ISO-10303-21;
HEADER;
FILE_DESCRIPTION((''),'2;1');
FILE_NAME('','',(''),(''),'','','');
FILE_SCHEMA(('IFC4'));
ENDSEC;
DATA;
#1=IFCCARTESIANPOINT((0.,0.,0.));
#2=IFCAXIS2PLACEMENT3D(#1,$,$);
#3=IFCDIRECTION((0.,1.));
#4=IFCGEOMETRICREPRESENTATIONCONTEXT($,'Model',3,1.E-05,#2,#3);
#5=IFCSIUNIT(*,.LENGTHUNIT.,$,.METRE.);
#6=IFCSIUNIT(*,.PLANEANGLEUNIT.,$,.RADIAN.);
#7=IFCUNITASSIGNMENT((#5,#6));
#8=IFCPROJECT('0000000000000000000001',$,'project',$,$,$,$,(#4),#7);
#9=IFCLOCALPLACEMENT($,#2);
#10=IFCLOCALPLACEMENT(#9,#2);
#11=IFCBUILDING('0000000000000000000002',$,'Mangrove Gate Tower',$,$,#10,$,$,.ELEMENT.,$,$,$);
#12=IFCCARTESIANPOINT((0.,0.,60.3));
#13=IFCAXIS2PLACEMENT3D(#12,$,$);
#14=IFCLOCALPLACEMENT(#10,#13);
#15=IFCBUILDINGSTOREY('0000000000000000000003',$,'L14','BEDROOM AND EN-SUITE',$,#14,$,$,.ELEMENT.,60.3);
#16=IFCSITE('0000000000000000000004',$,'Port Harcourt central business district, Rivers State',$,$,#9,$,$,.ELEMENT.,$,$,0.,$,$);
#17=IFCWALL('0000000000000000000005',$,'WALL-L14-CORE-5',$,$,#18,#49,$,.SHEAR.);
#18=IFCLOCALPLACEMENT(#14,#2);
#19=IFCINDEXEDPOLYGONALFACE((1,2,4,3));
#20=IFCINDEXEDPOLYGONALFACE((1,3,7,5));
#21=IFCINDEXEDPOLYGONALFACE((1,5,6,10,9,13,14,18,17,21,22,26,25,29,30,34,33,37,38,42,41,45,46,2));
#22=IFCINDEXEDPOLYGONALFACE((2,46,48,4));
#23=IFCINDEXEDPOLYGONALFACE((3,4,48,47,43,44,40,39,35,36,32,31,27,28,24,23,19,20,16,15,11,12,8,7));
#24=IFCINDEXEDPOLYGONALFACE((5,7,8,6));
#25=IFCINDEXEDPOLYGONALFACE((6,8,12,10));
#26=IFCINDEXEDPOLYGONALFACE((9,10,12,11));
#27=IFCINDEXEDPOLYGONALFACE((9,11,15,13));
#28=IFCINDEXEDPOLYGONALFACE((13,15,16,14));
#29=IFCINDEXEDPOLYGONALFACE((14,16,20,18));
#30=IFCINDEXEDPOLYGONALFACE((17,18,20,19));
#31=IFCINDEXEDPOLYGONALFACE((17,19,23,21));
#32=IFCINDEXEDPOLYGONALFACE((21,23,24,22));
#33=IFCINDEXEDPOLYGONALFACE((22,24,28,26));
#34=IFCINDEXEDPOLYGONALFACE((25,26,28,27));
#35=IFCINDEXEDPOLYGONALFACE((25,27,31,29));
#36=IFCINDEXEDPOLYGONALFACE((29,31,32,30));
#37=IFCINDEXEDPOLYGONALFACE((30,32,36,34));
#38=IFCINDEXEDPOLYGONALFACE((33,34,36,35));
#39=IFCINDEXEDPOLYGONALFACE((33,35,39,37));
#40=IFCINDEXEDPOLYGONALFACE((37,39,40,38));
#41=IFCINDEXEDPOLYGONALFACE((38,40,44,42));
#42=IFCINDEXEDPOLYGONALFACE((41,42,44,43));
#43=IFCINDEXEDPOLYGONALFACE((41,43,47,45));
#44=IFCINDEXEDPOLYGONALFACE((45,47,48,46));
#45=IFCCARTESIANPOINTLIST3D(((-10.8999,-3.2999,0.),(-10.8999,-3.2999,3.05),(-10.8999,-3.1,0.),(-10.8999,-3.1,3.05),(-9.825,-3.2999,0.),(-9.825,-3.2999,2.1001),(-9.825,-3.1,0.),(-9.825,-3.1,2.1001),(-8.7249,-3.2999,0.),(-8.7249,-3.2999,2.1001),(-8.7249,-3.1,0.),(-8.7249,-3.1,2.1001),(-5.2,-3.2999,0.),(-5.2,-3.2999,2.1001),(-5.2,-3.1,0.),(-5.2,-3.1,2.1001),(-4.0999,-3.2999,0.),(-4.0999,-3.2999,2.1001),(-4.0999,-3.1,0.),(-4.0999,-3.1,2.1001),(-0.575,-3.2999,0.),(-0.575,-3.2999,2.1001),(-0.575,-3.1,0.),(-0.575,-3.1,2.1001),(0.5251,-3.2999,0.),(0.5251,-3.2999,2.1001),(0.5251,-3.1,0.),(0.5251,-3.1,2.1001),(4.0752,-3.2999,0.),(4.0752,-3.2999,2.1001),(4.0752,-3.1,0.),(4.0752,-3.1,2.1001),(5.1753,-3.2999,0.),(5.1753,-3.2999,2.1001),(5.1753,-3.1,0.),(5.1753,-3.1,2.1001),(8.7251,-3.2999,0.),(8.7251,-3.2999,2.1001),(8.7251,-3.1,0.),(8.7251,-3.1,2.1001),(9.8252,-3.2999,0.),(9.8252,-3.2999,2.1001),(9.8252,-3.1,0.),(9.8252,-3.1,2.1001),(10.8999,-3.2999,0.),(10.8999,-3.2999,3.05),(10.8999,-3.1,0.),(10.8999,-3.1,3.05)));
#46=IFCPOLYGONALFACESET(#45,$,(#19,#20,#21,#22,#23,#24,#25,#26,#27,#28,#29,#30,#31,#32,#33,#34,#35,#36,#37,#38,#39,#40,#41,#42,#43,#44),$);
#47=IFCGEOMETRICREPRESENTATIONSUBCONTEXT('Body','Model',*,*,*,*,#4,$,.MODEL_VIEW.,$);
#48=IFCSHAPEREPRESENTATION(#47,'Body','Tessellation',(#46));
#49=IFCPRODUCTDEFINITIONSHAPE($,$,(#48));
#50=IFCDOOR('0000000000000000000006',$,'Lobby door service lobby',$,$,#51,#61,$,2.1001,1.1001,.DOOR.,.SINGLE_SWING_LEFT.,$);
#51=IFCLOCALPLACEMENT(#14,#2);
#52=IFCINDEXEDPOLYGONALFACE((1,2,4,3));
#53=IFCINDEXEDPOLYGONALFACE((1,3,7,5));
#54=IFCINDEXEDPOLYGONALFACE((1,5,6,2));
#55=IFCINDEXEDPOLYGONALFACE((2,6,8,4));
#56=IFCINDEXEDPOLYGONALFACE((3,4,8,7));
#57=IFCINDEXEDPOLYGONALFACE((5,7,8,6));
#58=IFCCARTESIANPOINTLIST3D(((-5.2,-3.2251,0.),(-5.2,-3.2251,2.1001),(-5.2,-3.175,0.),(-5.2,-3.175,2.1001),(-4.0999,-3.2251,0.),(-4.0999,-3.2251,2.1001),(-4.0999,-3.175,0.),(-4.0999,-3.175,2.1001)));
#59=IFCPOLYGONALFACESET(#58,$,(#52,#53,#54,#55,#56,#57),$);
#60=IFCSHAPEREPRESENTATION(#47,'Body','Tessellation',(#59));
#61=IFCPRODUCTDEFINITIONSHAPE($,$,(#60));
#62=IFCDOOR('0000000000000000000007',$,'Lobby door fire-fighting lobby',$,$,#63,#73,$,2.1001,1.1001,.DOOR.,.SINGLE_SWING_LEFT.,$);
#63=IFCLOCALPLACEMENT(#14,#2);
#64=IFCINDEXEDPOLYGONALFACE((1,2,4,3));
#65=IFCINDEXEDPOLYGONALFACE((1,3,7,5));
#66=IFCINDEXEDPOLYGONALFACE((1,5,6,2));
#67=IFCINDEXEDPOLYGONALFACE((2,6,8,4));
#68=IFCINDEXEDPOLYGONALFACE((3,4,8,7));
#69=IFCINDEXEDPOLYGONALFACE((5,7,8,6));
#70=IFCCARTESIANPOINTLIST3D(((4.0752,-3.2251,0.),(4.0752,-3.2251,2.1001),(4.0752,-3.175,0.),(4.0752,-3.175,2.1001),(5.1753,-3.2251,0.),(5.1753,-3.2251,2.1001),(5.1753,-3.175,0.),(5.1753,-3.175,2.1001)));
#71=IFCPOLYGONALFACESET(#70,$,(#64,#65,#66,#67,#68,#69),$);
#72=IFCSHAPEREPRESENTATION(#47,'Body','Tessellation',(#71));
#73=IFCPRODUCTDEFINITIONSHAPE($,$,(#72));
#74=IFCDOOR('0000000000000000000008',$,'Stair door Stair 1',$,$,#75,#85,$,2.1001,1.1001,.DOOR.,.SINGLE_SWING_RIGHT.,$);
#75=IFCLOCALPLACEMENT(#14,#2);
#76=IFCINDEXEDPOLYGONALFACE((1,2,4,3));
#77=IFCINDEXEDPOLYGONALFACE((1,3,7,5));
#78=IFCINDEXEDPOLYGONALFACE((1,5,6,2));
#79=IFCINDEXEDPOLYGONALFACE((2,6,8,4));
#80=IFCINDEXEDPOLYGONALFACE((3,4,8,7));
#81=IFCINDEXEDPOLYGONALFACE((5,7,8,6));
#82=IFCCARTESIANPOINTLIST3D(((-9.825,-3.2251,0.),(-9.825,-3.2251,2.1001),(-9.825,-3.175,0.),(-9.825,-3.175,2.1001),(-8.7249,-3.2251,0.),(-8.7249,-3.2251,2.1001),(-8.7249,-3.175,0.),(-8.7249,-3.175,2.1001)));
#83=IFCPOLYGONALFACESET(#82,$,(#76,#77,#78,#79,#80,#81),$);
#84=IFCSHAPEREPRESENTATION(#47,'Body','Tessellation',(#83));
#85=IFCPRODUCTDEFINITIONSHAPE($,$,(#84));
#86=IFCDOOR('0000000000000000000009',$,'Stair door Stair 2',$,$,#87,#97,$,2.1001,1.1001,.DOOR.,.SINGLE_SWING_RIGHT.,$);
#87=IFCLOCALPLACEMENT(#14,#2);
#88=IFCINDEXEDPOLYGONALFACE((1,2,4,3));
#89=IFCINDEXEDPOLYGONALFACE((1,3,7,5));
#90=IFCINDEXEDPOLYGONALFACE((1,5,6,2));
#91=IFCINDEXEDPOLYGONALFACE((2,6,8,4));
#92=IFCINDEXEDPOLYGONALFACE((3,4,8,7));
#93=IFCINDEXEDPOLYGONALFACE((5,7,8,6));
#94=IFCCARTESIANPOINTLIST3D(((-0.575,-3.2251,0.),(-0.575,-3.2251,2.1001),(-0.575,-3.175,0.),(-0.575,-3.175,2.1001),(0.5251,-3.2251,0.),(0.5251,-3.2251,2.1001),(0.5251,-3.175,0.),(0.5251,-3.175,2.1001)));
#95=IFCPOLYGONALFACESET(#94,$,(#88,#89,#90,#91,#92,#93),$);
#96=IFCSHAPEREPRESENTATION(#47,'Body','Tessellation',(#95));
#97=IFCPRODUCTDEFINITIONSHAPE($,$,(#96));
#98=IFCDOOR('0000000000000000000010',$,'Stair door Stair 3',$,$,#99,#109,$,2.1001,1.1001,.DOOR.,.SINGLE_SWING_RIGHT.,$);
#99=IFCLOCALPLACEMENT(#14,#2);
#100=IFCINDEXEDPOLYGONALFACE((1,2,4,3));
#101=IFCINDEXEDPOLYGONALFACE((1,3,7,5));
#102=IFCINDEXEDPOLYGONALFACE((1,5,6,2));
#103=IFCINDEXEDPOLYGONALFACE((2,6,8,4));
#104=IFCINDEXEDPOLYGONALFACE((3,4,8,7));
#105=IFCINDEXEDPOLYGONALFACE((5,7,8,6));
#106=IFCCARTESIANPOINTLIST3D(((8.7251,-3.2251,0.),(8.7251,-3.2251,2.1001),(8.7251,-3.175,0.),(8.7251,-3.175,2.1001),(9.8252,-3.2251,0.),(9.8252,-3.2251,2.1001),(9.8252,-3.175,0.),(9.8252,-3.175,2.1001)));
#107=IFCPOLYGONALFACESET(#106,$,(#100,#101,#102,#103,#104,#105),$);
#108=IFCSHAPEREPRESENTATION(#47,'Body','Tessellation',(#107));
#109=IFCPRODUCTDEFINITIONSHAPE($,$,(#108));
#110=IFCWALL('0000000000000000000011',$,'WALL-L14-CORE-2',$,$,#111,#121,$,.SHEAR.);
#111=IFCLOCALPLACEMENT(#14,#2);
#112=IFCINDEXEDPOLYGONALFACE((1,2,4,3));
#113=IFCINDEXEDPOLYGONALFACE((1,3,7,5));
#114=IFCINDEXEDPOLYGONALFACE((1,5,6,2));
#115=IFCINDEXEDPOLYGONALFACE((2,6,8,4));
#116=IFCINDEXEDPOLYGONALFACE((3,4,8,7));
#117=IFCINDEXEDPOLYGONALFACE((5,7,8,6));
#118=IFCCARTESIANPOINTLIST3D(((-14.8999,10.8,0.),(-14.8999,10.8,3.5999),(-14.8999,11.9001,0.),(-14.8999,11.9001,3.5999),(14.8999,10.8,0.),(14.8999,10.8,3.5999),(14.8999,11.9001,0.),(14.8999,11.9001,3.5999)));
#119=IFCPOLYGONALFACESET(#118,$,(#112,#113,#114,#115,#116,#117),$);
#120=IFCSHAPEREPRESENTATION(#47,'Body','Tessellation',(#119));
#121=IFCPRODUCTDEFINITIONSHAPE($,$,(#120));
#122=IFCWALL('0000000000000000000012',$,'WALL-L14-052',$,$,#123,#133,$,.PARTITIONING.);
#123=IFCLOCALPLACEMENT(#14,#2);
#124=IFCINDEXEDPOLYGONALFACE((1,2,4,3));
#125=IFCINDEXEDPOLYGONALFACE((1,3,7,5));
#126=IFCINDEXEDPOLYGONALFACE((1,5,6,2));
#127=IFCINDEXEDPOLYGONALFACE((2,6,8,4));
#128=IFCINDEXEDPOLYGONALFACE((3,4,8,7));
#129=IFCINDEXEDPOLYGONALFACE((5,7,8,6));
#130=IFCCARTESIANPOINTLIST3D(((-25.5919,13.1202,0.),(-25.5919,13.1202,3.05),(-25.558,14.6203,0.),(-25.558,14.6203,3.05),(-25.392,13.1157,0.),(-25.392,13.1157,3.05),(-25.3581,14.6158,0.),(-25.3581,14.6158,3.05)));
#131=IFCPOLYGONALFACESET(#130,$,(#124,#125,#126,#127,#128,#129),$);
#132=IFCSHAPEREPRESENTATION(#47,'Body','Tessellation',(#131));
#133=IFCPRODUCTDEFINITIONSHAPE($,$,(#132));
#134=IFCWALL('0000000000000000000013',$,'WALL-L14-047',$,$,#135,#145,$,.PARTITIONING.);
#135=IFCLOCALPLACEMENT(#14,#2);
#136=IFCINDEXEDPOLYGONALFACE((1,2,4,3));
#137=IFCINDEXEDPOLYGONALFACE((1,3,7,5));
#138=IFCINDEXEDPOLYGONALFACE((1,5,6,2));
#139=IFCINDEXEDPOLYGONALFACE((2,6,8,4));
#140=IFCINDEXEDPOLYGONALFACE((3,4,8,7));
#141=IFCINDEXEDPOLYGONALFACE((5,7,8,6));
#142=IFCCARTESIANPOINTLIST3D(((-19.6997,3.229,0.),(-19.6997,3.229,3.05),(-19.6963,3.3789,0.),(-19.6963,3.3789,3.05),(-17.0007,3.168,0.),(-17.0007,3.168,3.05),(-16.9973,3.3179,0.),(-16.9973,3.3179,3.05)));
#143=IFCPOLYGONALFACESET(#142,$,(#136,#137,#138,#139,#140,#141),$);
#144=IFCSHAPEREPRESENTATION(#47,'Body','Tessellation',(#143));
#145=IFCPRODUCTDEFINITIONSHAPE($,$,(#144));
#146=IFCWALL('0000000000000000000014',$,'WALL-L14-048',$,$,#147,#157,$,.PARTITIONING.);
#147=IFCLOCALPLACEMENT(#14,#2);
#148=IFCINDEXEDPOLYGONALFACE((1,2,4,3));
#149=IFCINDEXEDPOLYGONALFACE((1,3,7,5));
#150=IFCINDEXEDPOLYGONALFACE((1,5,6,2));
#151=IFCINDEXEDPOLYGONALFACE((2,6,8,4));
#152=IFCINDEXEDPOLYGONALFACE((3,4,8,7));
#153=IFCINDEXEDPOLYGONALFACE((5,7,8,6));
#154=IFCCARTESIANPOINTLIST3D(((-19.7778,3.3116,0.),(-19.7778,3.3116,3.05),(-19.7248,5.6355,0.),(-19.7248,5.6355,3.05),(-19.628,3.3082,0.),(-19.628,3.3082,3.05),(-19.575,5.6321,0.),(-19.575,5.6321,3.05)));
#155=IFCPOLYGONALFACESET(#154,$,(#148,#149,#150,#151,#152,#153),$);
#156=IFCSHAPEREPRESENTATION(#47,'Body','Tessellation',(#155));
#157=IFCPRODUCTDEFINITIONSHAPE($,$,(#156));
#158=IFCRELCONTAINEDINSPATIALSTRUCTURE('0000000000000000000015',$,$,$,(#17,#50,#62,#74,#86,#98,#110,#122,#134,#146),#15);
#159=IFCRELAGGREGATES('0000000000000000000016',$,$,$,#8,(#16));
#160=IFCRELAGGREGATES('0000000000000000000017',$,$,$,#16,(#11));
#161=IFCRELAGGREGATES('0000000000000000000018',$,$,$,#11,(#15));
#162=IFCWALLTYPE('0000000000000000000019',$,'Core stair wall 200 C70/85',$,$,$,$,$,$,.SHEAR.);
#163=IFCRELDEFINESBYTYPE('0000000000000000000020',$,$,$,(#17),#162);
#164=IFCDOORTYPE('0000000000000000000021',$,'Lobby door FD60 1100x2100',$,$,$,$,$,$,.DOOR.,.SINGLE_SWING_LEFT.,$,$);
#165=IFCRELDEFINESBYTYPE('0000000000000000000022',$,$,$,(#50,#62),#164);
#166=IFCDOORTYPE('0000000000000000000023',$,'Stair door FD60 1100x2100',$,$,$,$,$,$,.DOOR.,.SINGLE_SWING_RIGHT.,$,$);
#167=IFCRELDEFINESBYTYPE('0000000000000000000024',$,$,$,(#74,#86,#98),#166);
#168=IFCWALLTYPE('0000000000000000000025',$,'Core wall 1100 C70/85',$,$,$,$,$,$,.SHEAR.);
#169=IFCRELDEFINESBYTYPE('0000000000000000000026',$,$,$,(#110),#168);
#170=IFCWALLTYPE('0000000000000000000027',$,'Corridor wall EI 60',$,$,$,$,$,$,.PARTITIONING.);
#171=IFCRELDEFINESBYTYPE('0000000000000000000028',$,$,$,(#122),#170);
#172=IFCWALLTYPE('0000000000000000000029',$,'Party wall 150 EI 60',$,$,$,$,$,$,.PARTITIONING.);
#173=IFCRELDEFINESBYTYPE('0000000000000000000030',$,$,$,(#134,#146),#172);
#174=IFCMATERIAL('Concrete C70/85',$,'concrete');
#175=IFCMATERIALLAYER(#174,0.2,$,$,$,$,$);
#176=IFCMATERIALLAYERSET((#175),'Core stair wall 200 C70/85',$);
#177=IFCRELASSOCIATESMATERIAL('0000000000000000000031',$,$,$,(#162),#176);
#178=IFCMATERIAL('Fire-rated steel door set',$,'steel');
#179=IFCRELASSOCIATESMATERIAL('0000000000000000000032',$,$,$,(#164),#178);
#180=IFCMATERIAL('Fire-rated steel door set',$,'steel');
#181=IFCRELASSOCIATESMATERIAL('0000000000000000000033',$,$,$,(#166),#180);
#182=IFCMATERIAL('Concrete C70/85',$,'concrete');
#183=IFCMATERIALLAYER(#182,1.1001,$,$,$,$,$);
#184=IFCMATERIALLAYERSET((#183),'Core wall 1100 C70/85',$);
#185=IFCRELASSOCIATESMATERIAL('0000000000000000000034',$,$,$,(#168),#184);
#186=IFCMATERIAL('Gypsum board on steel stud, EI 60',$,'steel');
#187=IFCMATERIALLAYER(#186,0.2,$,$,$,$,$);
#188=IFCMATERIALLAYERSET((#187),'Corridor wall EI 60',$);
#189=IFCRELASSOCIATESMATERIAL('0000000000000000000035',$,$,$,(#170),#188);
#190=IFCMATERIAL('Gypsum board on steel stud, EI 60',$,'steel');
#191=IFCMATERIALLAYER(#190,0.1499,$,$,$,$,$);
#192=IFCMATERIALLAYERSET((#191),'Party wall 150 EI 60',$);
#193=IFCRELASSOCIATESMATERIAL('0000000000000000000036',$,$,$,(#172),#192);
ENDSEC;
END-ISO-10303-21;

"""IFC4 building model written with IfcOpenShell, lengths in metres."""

from ifc_helpers import new_model, si_unit, direction, frame, frame_2d, origin, place, context, subcontext, project, spatial, rectangle, extrude, material, layer, layer_set, type_object, element, fill, save


model = new_model("IFC4")

# Units and contexts
model_context = context("Model", 3, precision=1e-05, world=origin(), true_north=direction((0.0, 1.0)))
body_context = subcontext(model_context, "Body", "Model", "MODEL_VIEW")
ifc_project = project(units=[si_unit("LENGTHUNIT", "METRE"), si_unit("PLANEANGLEUNIT", "RADIAN")], contexts=[model_context])

# Site, building, storey
site_placement = place(None, origin())
site = spatial("IfcSite", under=ifc_project, at=site_placement, Name="Port Harcourt central business district, Rivers State", CompositionType="ELEMENT", RefElevation=0.0)
building_placement = place(site_placement, origin())
building = spatial("IfcBuilding", under=site, at=building_placement, Name="Mangrove Gate Tower", CompositionType="ELEMENT")
storey_placement = place(building_placement, frame((0.0, 0.0, 60.3)))
storey = spatial("IfcBuildingStorey", under=building, at=storey_placement, Name="L14", Description="BEDROOM AND EN-SUITE", CompositionType="ELEMENT", Elevation=60.3)

# Wall, openings, doors
ifc_material_1 = material(Name="Concrete C70/85", Category="concrete")
ifc_layer_1 = layer(ifc_material_1, 0.2)
ifc_layer_set_1 = layer_set([ifc_layer_1], Name="Core stair wall 200 C70/85")
wall_type_1 = type_object("IfcWallType", Name="Core stair wall 200 C70/85", PredefinedType="SHEAR", material=ifc_layer_set_1)
wall_1_placement = place(storey_placement, frame((-10.8999, -3.2, 0.0), z_axis=(0.0, 0.0, 1.0), x_axis=(1.0, 0.0, 0.0)))
wall_1 = element("IfcWall", 1, at=wall_1_placement, inside=storey, type_object=wall_type_1, Name="WALL-L14-CORE-5", PredefinedType="SHEAR", context=body_context, shape_type="SweptSolid", body=[
    extrude(rectangle(XDim=21.7998, YDim=0.2, at=frame_2d((10.8999, 0.0))), origin(), (0.0, 0.0, 1.0), 3.05),
])
opening_1_placement = place(wall_1_placement, frame((1.075, 0.0, 0.0)))
opening_1 = element("IfcOpeningElement", 2, at=opening_1_placement, cuts=wall_1, PredefinedType="OPENING", context=body_context, shape_type="SweptSolid", body=[
    extrude(rectangle(XDim=1.1001, YDim=2.1001, at=frame_2d((0.55, 1.05))), frame((0.0, 0.1099, 0.0), z_axis=(0.0, -1.0, 0.0), x_axis=(1.0, 0.0, 0.0)), (0.0, 0.0, 1.0), 0.22),
])
opening_2_placement = place(wall_1_placement, frame((10.325, 0.0, 0.0)))
opening_2 = element("IfcOpeningElement", 3, at=opening_2_placement, cuts=wall_1, PredefinedType="OPENING", context=body_context, shape_type="SweptSolid", body=[
    extrude(rectangle(XDim=1.1001, YDim=2.1001, at=frame_2d((0.55, 1.05))), frame((0.0, 0.1099, 0.0), z_axis=(0.0, -1.0, 0.0), x_axis=(1.0, 0.0, 0.0)), (0.0, 0.0, 1.0), 0.22),
])
opening_3_placement = place(wall_1_placement, frame((19.625, 0.0, 0.0)))
opening_3 = element("IfcOpeningElement", 4, at=opening_3_placement, cuts=wall_1, PredefinedType="OPENING", context=body_context, shape_type="SweptSolid", body=[
    extrude(rectangle(XDim=1.1001, YDim=2.1001, at=frame_2d((0.55, 1.05))), frame((0.0, 0.1099, 0.0), z_axis=(0.0, -1.0, 0.0), x_axis=(1.0, 0.0, 0.0)), (0.0, 0.0, 1.0), 0.22),
])
opening_4_placement = place(wall_1_placement, frame((5.7, 0.0, 0.0)))
opening_4 = element("IfcOpeningElement", 5, at=opening_4_placement, cuts=wall_1, PredefinedType="OPENING", context=body_context, shape_type="SweptSolid", body=[
    extrude(rectangle(XDim=1.1001, YDim=2.1001, at=frame_2d((0.55, 1.05))), frame((0.0, 0.1099, 0.0), z_axis=(0.0, -1.0, 0.0), x_axis=(1.0, 0.0, 0.0)), (0.0, 0.0, 1.0), 0.22),
])
opening_5_placement = place(wall_1_placement, frame((14.9751, 0.0, 0.0)))
opening_5 = element("IfcOpeningElement", 6, at=opening_5_placement, cuts=wall_1, PredefinedType="OPENING", context=body_context, shape_type="SweptSolid", body=[
    extrude(rectangle(XDim=1.1001, YDim=2.1001, at=frame_2d((0.55, 1.05))), frame((0.0, 0.1099, 0.0), z_axis=(0.0, -1.0, 0.0), x_axis=(1.0, 0.0, 0.0)), (0.0, 0.0, 1.0), 0.22),
])
ifc_material_2 = material(Name="Fire-rated steel door set", Category="steel")
door_type_1 = type_object("IfcDoorType", Name="Lobby door FD60 1100x2100", OperationType="SINGLE_SWING_LEFT", PredefinedType="DOOR", material=ifc_material_2)
door_1_placement = place(opening_4_placement, origin())
door_1 = element("IfcDoor", 7, at=door_1_placement, inside=storey, type_object=door_type_1, Name="Lobby door service lobby", OperationType="SINGLE_SWING_LEFT", OverallHeight=2.1001, OverallWidth=1.1001, PredefinedType="DOOR", context=body_context, shape_type="SweptSolid", body=[
    extrude(rectangle(XDim=1.1001, YDim=2.1001, at=frame_2d((0.55, 1.05))), frame((0.0, 0.0249, 0.0), z_axis=(0.0, -1.0, 0.0), x_axis=(1.0, 0.0, 0.0)), (0.0, 0.0, 1.0), 0.05),
])
fill(opening_4, door_1)
door_2_placement = place(opening_5_placement, origin())
door_2 = element("IfcDoor", 8, at=door_2_placement, inside=storey, type_object=door_type_1, Name="Lobby door fire-fighting lobby", OperationType="SINGLE_SWING_LEFT", OverallHeight=2.1001, OverallWidth=1.1001, PredefinedType="DOOR", context=body_context, shape_type="SweptSolid", body=[
    extrude(rectangle(XDim=1.1001, YDim=2.1001, at=frame_2d((0.55, 1.05))), frame((0.0, 0.0249, 0.0), z_axis=(0.0, -1.0, 0.0), x_axis=(1.0, 0.0, 0.0)), (0.0, 0.0, 1.0), 0.05),
])
fill(opening_5, door_2)
ifc_material_3 = material(Name="Fire-rated steel door set", Category="steel")
door_type_2 = type_object("IfcDoorType", Name="Stair door FD60 1100x2100", OperationType="SINGLE_SWING_RIGHT", PredefinedType="DOOR", material=ifc_material_3)
door_3_placement = place(opening_1_placement, origin())
door_3 = element("IfcDoor", 9, at=door_3_placement, inside=storey, type_object=door_type_2, Name="Stair door Stair 1", OperationType="SINGLE_SWING_RIGHT", OverallHeight=2.1001, OverallWidth=1.1001, PredefinedType="DOOR", context=body_context, shape_type="SweptSolid", body=[
    extrude(rectangle(XDim=1.1001, YDim=2.1001, at=frame_2d((0.55, 1.05))), frame((0.0, 0.0249, 0.0), z_axis=(0.0, -1.0, 0.0), x_axis=(1.0, 0.0, 0.0)), (0.0, 0.0, 1.0), 0.05),
])
fill(opening_1, door_3)
door_4_placement = place(opening_2_placement, origin())
door_4 = element("IfcDoor", 10, at=door_4_placement, inside=storey, type_object=door_type_2, Name="Stair door Stair 2", OperationType="SINGLE_SWING_RIGHT", OverallHeight=2.1001, OverallWidth=1.1001, PredefinedType="DOOR", context=body_context, shape_type="SweptSolid", body=[
    extrude(rectangle(XDim=1.1001, YDim=2.1001, at=frame_2d((0.55, 1.05))), frame((0.0, 0.0249, 0.0), z_axis=(0.0, -1.0, 0.0), x_axis=(1.0, 0.0, 0.0)), (0.0, 0.0, 1.0), 0.05),
])
fill(opening_2, door_4)
door_5_placement = place(opening_3_placement, origin())
door_5 = element("IfcDoor", 11, at=door_5_placement, inside=storey, type_object=door_type_2, Name="Stair door Stair 3", OperationType="SINGLE_SWING_RIGHT", OverallHeight=2.1001, OverallWidth=1.1001, PredefinedType="DOOR", context=body_context, shape_type="SweptSolid", body=[
    extrude(rectangle(XDim=1.1001, YDim=2.1001, at=frame_2d((0.55, 1.05))), frame((0.0, 0.0249, 0.0), z_axis=(0.0, -1.0, 0.0), x_axis=(1.0, 0.0, 0.0)), (0.0, 0.0, 1.0), 0.05),
])
fill(opening_3, door_5)

# Walls
ifc_material_4 = material(Name="Concrete C70/85", Category="concrete")
ifc_layer_2 = layer(ifc_material_4, 1.1001)
ifc_layer_set_2 = layer_set([ifc_layer_2], Name="Core wall 1100 C70/85")
wall_type_2 = type_object("IfcWallType", Name="Core wall 1100 C70/85", PredefinedType="SHEAR", material=ifc_layer_set_2)
wall_2_placement = place(storey_placement, frame((-14.8999, 11.3501, 0.0), z_axis=(0.0, 0.0, 1.0), x_axis=(1.0, 0.0, 0.0)))
element("IfcWall", 12, at=wall_2_placement, inside=storey, type_object=wall_type_2, Name="WALL-L14-CORE-2", PredefinedType="SHEAR", context=body_context, shape_type="SweptSolid", body=[
    extrude(rectangle(XDim=29.7998, YDim=1.1001, at=frame_2d((14.8999, 0.0))), origin(), (0.0, 0.0, 1.0), 3.5999),
])
ifc_material_5 = material(Name="Gypsum board on steel stud, EI 60", Category="steel")
ifc_layer_3 = layer(ifc_material_5, 0.2)
ifc_layer_set_3 = layer_set([ifc_layer_3], Name="Corridor wall EI 60")
wall_type_3 = type_object("IfcWallType", Name="Corridor wall EI 60", PredefinedType="PARTITIONING", material=ifc_layer_set_3)
wall_3_placement = place(storey_placement, frame((-25.4919, 13.1179, 0.0), z_axis=(0.0, 0.0, 1.0), x_axis=(0.022618, 0.999744, 0.0)))
element("IfcWall", 13, at=wall_3_placement, inside=storey, type_object=wall_type_3, Name="WALL-L14-052", PredefinedType="PARTITIONING", context=body_context, shape_type="SweptSolid", body=[
    extrude(rectangle(XDim=1.5005, YDim=0.2, at=frame_2d((0.7502, 0.0))), origin(), (0.0, 0.0, 1.0), 3.05),
])
ifc_material_6 = material(Name="Gypsum board on steel stud, EI 60", Category="steel")
ifc_layer_4 = layer(ifc_material_6, 0.1499)
ifc_layer_set_4 = layer_set([ifc_layer_4], Name="Party wall 150 EI 60")
wall_type_4 = type_object("IfcWallType", Name="Party wall 150 EI 60", PredefinedType="PARTITIONING", material=ifc_layer_set_4)
wall_4_placement = place(storey_placement, frame((-19.698, 3.304, 0.0), z_axis=(0.0, 0.0, 1.0), x_axis=(0.999744, -0.022608, 0.0)))
element("IfcWall", 14, at=wall_4_placement, inside=storey, type_object=wall_type_4, Name="WALL-L14-047", PredefinedType="PARTITIONING", context=body_context, shape_type="SweptSolid", body=[
    extrude(rectangle(XDim=2.6997, YDim=0.1499, at=frame_2d((1.3499, 0.0))), origin(), (0.0, 0.0, 1.0), 3.05),
])
wall_5_placement = place(storey_placement, frame((-19.7029, 3.3101, 0.0), z_axis=(0.0, 0.0, 1.0), x_axis=(0.022791, 0.99974, 0.0)))
element("IfcWall", 15, at=wall_5_placement, inside=storey, type_object=wall_type_4, Name="WALL-L14-048", PredefinedType="PARTITIONING", context=body_context, shape_type="SweptSolid", body=[
    extrude(rectangle(XDim=2.3245, YDim=0.1499, at=frame_2d((1.1621, 0.0))), origin(), (0.0, 0.0, 1.0), 3.05),
])

save(model, "model.ifc")
